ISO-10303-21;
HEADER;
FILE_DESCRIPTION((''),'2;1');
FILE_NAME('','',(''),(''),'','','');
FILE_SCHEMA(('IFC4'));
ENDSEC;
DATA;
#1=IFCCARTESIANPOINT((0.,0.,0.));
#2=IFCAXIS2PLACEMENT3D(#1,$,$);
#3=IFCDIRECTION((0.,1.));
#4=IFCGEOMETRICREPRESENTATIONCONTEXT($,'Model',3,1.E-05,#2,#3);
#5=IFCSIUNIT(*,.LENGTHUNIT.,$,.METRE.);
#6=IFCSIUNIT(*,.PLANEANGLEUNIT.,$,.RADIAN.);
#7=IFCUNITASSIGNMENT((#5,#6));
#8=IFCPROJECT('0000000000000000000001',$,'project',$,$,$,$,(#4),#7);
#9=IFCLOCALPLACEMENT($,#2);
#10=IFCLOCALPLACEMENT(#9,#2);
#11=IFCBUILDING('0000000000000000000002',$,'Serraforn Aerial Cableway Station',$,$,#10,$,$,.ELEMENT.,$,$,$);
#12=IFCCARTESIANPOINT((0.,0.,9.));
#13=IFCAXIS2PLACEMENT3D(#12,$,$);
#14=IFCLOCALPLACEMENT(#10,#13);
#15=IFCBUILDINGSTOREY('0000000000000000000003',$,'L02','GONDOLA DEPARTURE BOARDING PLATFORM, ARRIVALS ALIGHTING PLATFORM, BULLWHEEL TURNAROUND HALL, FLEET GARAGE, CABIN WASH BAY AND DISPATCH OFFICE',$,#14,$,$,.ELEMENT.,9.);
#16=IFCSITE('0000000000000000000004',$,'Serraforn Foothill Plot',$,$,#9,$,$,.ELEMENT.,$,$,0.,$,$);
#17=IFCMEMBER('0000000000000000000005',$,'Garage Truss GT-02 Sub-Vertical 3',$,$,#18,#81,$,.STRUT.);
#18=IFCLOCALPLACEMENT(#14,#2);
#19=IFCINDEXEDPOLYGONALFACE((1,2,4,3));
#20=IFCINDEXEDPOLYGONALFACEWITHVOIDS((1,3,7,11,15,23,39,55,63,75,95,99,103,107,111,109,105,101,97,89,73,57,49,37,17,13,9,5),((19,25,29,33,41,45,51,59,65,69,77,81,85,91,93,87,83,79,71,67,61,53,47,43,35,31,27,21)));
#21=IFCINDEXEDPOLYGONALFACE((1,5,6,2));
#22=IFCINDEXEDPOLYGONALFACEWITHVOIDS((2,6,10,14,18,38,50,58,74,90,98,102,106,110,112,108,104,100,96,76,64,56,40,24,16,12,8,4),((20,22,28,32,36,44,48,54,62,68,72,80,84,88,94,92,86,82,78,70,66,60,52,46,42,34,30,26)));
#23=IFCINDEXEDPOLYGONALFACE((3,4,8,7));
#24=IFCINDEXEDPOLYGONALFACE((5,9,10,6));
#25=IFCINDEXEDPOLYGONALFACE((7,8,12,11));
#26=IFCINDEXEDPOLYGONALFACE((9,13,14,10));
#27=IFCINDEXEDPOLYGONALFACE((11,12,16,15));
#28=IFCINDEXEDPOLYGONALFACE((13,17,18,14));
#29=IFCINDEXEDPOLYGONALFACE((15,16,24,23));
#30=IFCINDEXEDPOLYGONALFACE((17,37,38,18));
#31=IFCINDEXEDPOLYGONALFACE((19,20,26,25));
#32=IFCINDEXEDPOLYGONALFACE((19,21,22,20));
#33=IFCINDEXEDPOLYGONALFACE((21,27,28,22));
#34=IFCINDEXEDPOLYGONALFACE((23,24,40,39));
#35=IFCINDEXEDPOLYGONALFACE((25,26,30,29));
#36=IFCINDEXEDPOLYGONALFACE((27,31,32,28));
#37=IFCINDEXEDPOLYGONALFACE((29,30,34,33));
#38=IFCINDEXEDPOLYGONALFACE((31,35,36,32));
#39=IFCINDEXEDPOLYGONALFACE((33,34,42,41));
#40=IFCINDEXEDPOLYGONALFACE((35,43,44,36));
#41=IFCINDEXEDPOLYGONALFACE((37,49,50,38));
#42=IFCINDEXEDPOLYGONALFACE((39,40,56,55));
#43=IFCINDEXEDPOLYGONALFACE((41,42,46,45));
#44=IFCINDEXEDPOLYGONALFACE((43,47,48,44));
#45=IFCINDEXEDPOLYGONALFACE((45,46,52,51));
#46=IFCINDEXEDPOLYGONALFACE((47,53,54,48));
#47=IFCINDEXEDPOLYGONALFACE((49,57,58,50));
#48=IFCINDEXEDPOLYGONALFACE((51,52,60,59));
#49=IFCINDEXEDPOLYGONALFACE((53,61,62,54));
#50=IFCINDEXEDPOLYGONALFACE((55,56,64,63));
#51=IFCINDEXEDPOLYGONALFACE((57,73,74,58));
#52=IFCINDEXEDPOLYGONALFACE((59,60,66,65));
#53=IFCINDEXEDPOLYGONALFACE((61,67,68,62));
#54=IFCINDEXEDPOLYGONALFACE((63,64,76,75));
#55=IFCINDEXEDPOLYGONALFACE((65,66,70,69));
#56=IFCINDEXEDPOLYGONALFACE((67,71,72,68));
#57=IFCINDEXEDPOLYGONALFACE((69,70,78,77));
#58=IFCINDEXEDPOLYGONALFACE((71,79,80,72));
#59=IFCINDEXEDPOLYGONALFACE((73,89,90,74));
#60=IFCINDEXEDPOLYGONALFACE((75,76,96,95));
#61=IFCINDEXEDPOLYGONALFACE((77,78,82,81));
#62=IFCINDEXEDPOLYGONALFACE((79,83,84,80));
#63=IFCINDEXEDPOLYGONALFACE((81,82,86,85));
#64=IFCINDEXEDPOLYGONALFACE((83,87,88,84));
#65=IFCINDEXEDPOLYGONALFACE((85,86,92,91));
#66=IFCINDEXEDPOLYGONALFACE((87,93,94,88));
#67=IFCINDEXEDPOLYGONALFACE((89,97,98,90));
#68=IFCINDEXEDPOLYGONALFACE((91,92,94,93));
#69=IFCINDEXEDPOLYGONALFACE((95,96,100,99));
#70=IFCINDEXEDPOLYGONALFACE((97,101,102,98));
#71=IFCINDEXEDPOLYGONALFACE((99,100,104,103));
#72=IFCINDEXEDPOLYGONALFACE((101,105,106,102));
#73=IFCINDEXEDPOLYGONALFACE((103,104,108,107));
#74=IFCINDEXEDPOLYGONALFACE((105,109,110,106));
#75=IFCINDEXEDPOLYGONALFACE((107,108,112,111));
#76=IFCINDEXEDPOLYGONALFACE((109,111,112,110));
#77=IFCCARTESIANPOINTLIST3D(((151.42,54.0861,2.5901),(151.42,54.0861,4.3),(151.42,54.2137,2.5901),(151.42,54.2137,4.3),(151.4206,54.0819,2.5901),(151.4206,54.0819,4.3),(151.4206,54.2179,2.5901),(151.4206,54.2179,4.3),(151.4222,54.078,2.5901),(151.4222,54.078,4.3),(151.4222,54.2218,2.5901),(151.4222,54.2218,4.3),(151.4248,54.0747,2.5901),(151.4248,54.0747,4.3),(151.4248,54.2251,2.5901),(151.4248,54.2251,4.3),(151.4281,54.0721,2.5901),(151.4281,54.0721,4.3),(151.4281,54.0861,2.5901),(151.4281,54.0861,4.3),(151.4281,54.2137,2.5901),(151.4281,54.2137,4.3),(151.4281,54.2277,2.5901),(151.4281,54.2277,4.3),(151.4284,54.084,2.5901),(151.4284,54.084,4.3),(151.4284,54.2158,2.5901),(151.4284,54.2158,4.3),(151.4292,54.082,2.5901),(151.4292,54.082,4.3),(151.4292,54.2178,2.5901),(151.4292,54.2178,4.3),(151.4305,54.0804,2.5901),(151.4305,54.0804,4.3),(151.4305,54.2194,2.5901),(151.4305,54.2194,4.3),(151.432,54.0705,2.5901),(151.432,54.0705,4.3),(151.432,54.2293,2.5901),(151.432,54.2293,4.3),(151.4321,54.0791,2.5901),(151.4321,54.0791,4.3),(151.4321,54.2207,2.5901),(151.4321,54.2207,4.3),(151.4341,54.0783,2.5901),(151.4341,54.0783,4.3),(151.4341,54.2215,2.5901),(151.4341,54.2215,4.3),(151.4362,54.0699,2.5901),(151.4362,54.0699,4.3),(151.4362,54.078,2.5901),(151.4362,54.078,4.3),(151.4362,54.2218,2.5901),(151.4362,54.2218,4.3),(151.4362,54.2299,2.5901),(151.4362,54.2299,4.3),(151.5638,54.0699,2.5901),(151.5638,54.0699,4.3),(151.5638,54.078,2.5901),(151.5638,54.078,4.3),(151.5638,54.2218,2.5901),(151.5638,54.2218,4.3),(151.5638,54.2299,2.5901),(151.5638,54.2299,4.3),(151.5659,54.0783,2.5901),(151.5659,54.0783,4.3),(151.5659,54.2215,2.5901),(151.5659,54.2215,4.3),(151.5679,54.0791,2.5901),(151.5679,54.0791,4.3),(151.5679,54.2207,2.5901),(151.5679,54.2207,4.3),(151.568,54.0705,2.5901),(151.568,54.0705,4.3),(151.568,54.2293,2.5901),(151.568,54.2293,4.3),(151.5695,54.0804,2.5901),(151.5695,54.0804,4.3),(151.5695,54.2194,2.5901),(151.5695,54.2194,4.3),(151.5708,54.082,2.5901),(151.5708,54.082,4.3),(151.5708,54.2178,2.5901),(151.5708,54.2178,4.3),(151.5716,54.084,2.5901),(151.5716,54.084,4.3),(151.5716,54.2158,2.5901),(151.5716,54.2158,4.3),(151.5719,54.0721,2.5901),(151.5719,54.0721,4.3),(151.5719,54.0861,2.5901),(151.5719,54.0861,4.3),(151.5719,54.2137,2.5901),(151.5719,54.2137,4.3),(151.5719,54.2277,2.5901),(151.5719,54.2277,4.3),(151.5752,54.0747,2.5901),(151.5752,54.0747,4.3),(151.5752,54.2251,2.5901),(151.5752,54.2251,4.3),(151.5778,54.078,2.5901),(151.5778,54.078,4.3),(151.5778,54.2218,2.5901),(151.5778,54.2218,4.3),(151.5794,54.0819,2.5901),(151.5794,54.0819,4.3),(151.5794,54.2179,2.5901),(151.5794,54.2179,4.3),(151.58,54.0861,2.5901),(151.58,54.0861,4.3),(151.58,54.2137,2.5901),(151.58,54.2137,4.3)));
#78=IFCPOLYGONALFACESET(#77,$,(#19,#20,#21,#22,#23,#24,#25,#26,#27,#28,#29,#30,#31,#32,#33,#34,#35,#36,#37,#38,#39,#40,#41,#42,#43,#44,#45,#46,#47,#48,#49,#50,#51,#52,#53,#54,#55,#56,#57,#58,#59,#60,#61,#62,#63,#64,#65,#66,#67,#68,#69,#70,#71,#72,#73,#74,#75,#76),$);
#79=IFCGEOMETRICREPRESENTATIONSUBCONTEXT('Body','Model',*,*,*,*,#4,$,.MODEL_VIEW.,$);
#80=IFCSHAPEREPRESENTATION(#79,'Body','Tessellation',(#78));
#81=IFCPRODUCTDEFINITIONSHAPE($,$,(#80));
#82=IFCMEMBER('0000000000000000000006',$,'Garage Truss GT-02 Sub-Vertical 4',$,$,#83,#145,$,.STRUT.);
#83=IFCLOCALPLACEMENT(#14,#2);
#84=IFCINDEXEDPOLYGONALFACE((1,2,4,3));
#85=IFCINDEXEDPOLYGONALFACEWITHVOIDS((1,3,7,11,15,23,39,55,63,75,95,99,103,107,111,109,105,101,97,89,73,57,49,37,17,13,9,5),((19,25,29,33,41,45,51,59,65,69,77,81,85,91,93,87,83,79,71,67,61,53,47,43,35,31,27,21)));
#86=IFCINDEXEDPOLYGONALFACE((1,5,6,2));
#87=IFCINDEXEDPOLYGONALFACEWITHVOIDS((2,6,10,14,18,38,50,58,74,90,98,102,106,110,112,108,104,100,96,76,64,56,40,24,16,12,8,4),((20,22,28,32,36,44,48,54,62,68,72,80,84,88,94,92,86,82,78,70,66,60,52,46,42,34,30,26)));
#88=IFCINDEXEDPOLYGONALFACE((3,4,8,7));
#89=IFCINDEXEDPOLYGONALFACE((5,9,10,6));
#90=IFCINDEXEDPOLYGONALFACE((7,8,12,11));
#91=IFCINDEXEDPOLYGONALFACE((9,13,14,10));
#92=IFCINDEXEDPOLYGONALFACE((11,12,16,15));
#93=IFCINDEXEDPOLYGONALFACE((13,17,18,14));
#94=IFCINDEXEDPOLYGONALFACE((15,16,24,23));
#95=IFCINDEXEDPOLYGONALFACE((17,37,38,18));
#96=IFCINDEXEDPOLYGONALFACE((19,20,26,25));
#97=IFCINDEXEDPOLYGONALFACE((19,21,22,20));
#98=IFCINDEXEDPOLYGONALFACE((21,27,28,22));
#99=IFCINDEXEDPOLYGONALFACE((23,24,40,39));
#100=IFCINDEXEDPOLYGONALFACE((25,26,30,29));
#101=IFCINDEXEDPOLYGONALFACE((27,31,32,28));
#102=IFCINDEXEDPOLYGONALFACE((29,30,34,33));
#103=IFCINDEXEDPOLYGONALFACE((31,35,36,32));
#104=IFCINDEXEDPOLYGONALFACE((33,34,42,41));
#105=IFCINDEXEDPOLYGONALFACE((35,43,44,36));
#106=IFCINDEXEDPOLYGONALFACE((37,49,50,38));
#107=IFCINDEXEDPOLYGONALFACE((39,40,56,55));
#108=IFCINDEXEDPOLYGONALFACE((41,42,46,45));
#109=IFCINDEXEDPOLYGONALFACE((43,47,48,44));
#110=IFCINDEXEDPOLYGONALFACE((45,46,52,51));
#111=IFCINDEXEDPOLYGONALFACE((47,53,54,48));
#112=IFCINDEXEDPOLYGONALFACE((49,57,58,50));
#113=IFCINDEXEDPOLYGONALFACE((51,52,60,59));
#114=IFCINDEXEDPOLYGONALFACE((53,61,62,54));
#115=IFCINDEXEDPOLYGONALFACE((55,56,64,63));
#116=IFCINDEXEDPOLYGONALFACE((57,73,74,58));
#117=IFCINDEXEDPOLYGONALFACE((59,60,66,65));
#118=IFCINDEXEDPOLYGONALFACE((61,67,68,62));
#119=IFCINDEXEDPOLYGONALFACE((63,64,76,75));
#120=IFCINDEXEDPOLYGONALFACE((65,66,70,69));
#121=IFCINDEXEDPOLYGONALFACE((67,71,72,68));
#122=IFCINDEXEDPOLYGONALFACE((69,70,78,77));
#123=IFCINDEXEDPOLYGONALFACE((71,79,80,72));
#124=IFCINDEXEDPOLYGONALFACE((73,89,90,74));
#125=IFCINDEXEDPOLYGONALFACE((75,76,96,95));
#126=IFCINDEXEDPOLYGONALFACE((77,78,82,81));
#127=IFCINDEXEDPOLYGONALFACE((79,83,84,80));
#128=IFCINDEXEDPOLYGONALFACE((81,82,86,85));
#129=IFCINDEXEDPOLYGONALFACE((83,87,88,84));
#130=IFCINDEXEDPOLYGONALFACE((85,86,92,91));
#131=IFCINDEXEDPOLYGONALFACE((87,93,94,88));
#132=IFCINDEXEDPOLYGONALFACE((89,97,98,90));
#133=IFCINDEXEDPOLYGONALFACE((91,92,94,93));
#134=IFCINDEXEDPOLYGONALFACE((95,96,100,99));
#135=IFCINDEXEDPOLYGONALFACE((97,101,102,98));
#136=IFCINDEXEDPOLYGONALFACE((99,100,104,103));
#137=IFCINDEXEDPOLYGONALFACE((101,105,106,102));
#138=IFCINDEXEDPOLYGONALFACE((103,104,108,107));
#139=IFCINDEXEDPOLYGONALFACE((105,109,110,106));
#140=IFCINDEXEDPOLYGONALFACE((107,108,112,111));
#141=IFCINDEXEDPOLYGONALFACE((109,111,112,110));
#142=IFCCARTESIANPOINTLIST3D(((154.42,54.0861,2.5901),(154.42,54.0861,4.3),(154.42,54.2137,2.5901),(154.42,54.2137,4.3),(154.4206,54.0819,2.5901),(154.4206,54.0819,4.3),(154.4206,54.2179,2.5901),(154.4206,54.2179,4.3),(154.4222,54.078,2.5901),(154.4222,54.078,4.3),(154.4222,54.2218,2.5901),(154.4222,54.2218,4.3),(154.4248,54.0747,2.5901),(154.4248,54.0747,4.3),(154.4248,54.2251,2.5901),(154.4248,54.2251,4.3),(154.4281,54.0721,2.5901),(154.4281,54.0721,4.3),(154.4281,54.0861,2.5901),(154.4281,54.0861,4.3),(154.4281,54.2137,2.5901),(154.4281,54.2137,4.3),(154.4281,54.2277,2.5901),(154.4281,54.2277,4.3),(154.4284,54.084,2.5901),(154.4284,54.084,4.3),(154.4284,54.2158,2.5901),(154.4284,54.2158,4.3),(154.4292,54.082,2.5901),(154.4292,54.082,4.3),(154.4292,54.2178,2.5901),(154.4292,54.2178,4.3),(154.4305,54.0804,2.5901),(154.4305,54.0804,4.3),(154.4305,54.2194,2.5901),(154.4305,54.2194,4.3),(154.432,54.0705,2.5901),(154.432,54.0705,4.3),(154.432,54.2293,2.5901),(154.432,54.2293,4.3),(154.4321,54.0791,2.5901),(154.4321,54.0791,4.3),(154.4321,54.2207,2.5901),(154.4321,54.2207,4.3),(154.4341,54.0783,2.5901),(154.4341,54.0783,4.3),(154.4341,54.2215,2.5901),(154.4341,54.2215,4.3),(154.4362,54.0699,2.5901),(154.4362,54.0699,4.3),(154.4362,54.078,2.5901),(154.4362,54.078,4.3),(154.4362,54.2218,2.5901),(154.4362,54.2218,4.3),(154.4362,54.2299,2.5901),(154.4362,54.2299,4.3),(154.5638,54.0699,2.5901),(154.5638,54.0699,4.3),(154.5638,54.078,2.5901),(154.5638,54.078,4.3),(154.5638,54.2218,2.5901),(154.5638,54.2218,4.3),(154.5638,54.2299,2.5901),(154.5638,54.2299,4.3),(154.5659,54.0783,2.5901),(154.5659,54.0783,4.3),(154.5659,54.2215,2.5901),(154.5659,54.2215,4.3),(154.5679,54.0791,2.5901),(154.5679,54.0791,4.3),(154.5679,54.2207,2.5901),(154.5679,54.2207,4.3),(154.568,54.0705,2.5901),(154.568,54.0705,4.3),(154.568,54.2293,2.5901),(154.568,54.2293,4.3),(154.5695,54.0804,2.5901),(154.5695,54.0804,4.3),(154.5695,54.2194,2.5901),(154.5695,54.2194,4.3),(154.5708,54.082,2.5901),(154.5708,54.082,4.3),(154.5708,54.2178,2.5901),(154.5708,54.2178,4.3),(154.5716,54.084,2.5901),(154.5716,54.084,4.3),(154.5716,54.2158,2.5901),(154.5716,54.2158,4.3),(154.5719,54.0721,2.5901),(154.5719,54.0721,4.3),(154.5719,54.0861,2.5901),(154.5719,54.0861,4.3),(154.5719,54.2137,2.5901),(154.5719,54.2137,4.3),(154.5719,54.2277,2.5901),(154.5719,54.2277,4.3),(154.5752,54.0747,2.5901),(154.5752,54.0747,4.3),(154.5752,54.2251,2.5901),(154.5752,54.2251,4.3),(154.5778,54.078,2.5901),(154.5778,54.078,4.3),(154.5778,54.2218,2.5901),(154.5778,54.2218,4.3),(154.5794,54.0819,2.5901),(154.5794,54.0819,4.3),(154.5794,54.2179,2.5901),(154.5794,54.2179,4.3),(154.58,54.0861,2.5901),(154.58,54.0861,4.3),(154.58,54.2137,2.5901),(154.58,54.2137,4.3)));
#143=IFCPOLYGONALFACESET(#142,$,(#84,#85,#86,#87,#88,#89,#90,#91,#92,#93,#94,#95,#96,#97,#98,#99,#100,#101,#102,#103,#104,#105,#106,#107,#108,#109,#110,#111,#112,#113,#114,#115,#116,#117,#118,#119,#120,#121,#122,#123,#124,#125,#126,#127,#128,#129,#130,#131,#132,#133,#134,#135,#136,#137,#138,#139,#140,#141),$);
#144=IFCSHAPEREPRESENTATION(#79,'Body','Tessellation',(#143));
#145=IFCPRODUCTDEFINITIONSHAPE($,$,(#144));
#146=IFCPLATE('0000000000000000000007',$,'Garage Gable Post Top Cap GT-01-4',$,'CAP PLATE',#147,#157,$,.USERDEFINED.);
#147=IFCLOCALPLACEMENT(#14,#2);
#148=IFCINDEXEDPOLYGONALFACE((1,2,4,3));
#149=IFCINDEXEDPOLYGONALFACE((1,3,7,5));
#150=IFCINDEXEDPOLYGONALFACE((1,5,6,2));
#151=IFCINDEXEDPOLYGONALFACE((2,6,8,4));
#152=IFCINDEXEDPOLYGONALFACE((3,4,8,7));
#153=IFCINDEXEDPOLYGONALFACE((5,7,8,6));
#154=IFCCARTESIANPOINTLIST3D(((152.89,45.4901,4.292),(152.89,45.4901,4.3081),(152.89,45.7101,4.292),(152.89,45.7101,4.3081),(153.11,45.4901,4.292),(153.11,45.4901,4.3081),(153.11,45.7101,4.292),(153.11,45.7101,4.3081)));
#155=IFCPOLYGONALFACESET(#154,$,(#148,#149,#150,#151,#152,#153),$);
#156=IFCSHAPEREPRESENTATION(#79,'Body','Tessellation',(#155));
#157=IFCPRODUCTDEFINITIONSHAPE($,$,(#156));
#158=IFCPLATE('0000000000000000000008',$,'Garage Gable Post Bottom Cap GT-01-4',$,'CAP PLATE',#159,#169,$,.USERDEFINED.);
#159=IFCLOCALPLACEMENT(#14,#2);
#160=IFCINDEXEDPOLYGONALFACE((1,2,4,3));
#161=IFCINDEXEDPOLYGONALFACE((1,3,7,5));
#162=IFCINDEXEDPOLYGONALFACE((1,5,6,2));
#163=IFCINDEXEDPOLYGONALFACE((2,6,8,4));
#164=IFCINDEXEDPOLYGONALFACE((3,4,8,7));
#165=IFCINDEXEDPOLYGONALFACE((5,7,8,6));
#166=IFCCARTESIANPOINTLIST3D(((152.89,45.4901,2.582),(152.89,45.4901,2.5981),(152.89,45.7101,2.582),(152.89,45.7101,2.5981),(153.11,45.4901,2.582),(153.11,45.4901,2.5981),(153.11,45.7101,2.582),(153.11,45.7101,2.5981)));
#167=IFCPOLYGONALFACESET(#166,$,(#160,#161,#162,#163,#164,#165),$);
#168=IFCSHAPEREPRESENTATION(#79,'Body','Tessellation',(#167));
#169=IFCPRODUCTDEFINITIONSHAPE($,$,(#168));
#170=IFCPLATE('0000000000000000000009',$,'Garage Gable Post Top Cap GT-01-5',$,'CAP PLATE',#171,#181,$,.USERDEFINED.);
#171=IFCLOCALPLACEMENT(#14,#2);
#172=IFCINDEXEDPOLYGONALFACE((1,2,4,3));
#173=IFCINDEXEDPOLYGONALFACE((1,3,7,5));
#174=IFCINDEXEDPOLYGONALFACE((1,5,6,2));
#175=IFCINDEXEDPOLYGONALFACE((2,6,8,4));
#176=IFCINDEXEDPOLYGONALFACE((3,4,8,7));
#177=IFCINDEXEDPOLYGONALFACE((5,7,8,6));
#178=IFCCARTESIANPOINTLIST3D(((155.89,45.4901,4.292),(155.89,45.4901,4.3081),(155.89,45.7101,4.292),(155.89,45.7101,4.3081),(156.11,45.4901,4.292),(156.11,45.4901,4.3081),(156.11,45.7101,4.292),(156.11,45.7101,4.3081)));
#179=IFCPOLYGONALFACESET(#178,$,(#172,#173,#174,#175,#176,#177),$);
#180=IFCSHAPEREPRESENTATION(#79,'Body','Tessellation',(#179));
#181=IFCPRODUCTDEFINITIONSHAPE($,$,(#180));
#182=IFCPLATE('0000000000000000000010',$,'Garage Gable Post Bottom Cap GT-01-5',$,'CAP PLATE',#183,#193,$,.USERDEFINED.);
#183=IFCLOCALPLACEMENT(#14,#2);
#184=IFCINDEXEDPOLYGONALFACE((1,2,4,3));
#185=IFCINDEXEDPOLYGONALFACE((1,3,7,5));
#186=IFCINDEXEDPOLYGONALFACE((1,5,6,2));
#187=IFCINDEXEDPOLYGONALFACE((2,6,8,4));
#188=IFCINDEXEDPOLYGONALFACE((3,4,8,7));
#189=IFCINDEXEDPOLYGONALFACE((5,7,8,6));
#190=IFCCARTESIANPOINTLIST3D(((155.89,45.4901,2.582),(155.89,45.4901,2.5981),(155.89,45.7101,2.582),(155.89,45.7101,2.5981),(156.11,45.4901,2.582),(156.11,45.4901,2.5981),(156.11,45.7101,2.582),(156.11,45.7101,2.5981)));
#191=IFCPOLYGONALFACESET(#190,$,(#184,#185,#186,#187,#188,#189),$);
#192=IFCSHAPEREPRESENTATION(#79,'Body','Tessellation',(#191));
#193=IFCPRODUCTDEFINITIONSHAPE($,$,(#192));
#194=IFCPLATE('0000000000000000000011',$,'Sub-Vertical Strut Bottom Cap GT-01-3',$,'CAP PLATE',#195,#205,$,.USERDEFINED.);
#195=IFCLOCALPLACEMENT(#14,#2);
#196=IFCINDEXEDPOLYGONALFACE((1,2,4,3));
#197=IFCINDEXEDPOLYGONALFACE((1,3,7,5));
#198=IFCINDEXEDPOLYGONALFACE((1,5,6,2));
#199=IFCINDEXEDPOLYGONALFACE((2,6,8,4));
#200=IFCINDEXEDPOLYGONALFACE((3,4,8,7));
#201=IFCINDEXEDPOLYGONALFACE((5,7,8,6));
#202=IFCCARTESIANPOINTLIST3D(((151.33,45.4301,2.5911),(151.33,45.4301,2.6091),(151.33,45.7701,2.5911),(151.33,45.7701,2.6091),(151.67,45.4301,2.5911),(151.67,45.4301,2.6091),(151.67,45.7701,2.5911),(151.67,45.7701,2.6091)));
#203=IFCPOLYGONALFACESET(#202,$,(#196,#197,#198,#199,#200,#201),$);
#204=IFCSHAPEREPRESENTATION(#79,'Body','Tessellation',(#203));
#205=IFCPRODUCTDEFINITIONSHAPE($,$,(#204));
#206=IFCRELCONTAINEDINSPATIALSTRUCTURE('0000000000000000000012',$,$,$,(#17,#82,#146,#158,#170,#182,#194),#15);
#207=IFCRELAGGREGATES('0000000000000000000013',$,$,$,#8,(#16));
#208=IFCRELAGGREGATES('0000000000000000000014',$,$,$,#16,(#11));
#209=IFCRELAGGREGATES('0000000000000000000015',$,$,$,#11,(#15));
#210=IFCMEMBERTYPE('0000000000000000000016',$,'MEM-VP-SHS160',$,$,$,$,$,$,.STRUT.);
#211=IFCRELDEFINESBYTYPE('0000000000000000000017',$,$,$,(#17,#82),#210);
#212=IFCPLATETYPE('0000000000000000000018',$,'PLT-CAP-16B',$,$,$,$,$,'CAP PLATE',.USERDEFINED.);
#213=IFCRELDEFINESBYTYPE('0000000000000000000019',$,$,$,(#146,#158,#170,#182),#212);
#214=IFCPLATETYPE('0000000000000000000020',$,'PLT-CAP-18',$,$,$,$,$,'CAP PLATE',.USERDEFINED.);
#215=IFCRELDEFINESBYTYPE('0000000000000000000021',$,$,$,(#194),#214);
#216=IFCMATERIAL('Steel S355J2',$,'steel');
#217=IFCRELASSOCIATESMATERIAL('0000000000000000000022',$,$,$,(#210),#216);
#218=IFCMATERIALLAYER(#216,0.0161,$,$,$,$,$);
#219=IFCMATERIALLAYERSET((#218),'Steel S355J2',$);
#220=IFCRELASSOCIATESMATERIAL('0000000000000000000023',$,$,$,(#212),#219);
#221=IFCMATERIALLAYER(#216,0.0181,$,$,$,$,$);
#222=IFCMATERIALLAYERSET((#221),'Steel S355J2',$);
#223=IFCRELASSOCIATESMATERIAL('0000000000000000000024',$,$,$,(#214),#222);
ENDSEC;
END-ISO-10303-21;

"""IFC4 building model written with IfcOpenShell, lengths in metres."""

from ifc_helpers import new_model, si_unit, direction, frame, origin, origin_2d, place, context, subcontext, project, spatial, rectangle, hollow_rectangle, extrude, material, layer, layer_set, material_profile, profile_set, type_object, element, save


model = new_model("IFC4")

# Units and contexts
model_context = context("Model", 3, precision=1e-05, world=origin(), true_north=direction((0.0, 1.0)))
body_context = subcontext(model_context, "Body", "Model", "MODEL_VIEW")
ifc_project = project(units=[si_unit("LENGTHUNIT", "METRE"), si_unit("PLANEANGLEUNIT", "RADIAN")], contexts=[model_context])

# Site, building, storey
site_placement = place(None, origin())
site = spatial("IfcSite", under=ifc_project, at=site_placement, Name="Serraforn Foothill Plot", CompositionType="ELEMENT", RefElevation=0.0)
building_placement = place(site_placement, origin())
building = spatial("IfcBuilding", under=site, at=building_placement, Name="Serraforn Aerial Cableway Station", CompositionType="ELEMENT")
storey_placement = place(building_placement, frame((0.0, 0.0, 9.0)))
storey = spatial("IfcBuildingStorey", under=building, at=storey_placement, Name="L02", Description="GONDOLA DEPARTURE BOARDING PLATFORM, ARRIVALS ALIGHTING PLATFORM, BULLWHEEL TURNAROUND HALL, FLEET GARAGE, CABIN WASH BAY AND DISPATCH OFFICE", CompositionType="ELEMENT", Elevation=9.0)

# Shared definitions
ifc_material_1 = material(Name="Steel S355J2", Category="steel")

# Members
ifc_material_profile_1 = material_profile(ifc_material_1, hollow_rectangle(XDim=0.1599, YDim=0.1599, WallThickness=0.0081, InnerFilletRadius=0.0081, OuterFilletRadius=0.0161, at=origin_2d()), Name="SHS 160x160x8.0")
ifc_profile_set_1 = profile_set([ifc_material_profile_1], Name="Steel S355J2")
member_type_1 = type_object("IfcMemberType", Name="MEM-VP-SHS160", PredefinedType="STRUT", material=ifc_profile_set_1)
for number, where, z_axis, x_axis, name in (
    (1, (151.5, 54.1499, 2.5901), (0.0, 0.0, 1.0), (1.0, 0.0, 0.0), "Garage Truss GT-02 Sub-Vertical 3"),
    (2, (154.5, 54.1499, 2.5901), (0.0, 0.0, 1.0), (1.0, 0.0, 0.0), "Garage Truss GT-02 Sub-Vertical 4"),
):
    element("IfcMember", number, at=place(storey_placement, frame(where, z_axis=z_axis, x_axis=x_axis)), inside=storey, type_object=member_type_1, Name=name, PredefinedType="STRUT", context=body_context, shape_type="SweptSolid", body=[
        extrude(hollow_rectangle(XDim=0.1599, YDim=0.1599, WallThickness=0.0081, InnerFilletRadius=0.0081, OuterFilletRadius=0.0161, at=origin_2d()), origin(), (0.0, 0.0, 1.0), 1.71),
    ])

# Plates
ifc_layer_1 = layer(ifc_material_1, 0.0161)
ifc_layer_set_1 = layer_set([ifc_layer_1], Name="Steel S355J2")
plate_type_1 = type_object("IfcPlateType", Name="PLT-CAP-16B", ElementType="CAP PLATE", PredefinedType="USERDEFINED", material=ifc_layer_set_1)
for number, where, z_axis, x_axis, name in (
    (3, (153.0, 45.6001, 4.292), (0.0, 0.0, 1.0), (1.0, 0.0, 0.0), "Garage Gable Post Top Cap GT-01-4"),
    (4, (153.0, 45.6001, 2.582), (0.0, 0.0, 1.0), (1.0, 0.0, 0.0), "Garage Gable Post Bottom Cap GT-01-4"),
    (5, (156.0, 45.6001, 4.292), (0.0, 0.0, 1.0), (1.0, 0.0, 0.0), "Garage Gable Post Top Cap GT-01-5"),
    (6, (156.0, 45.6001, 2.582), (0.0, 0.0, 1.0), (1.0, 0.0, 0.0), "Garage Gable Post Bottom Cap GT-01-5"),
):
    element("IfcPlate", number, at=place(storey_placement, frame(where, z_axis=z_axis, x_axis=x_axis)), inside=storey, type_object=plate_type_1, Name=name, ObjectType="CAP PLATE", PredefinedType="USERDEFINED", context=body_context, shape_type="SweptSolid", body=[
        extrude(rectangle(XDim=0.22, YDim=0.22, at=origin_2d()), origin(), (0.0, 0.0, 1.0), 0.0161),
    ])
ifc_layer_2 = layer(ifc_material_1, 0.0181)
ifc_layer_set_2 = layer_set([ifc_layer_2], Name="Steel S355J2")
plate_type_2 = type_object("IfcPlateType", Name="PLT-CAP-18", ElementType="CAP PLATE", PredefinedType="USERDEFINED", material=ifc_layer_set_2)
for number, where, z_axis, x_axis, name in (
    (7, (151.5, 45.6001, 2.5911), (0.0, 0.0, 1.0), (1.0, 0.0, 0.0), "Sub-Vertical Strut Bottom Cap GT-01-3"),
):
    element("IfcPlate", number, at=place(storey_placement, frame(where, z_axis=z_axis, x_axis=x_axis)), inside=storey, type_object=plate_type_2, Name=name, ObjectType="CAP PLATE", PredefinedType="USERDEFINED", context=body_context, shape_type="SweptSolid", body=[
        extrude(rectangle(XDim=0.3401, YDim=0.3401, at=origin_2d()), origin(), (0.0, 0.0, 1.0), 0.0181),
    ])

save(model, "model.ifc")
